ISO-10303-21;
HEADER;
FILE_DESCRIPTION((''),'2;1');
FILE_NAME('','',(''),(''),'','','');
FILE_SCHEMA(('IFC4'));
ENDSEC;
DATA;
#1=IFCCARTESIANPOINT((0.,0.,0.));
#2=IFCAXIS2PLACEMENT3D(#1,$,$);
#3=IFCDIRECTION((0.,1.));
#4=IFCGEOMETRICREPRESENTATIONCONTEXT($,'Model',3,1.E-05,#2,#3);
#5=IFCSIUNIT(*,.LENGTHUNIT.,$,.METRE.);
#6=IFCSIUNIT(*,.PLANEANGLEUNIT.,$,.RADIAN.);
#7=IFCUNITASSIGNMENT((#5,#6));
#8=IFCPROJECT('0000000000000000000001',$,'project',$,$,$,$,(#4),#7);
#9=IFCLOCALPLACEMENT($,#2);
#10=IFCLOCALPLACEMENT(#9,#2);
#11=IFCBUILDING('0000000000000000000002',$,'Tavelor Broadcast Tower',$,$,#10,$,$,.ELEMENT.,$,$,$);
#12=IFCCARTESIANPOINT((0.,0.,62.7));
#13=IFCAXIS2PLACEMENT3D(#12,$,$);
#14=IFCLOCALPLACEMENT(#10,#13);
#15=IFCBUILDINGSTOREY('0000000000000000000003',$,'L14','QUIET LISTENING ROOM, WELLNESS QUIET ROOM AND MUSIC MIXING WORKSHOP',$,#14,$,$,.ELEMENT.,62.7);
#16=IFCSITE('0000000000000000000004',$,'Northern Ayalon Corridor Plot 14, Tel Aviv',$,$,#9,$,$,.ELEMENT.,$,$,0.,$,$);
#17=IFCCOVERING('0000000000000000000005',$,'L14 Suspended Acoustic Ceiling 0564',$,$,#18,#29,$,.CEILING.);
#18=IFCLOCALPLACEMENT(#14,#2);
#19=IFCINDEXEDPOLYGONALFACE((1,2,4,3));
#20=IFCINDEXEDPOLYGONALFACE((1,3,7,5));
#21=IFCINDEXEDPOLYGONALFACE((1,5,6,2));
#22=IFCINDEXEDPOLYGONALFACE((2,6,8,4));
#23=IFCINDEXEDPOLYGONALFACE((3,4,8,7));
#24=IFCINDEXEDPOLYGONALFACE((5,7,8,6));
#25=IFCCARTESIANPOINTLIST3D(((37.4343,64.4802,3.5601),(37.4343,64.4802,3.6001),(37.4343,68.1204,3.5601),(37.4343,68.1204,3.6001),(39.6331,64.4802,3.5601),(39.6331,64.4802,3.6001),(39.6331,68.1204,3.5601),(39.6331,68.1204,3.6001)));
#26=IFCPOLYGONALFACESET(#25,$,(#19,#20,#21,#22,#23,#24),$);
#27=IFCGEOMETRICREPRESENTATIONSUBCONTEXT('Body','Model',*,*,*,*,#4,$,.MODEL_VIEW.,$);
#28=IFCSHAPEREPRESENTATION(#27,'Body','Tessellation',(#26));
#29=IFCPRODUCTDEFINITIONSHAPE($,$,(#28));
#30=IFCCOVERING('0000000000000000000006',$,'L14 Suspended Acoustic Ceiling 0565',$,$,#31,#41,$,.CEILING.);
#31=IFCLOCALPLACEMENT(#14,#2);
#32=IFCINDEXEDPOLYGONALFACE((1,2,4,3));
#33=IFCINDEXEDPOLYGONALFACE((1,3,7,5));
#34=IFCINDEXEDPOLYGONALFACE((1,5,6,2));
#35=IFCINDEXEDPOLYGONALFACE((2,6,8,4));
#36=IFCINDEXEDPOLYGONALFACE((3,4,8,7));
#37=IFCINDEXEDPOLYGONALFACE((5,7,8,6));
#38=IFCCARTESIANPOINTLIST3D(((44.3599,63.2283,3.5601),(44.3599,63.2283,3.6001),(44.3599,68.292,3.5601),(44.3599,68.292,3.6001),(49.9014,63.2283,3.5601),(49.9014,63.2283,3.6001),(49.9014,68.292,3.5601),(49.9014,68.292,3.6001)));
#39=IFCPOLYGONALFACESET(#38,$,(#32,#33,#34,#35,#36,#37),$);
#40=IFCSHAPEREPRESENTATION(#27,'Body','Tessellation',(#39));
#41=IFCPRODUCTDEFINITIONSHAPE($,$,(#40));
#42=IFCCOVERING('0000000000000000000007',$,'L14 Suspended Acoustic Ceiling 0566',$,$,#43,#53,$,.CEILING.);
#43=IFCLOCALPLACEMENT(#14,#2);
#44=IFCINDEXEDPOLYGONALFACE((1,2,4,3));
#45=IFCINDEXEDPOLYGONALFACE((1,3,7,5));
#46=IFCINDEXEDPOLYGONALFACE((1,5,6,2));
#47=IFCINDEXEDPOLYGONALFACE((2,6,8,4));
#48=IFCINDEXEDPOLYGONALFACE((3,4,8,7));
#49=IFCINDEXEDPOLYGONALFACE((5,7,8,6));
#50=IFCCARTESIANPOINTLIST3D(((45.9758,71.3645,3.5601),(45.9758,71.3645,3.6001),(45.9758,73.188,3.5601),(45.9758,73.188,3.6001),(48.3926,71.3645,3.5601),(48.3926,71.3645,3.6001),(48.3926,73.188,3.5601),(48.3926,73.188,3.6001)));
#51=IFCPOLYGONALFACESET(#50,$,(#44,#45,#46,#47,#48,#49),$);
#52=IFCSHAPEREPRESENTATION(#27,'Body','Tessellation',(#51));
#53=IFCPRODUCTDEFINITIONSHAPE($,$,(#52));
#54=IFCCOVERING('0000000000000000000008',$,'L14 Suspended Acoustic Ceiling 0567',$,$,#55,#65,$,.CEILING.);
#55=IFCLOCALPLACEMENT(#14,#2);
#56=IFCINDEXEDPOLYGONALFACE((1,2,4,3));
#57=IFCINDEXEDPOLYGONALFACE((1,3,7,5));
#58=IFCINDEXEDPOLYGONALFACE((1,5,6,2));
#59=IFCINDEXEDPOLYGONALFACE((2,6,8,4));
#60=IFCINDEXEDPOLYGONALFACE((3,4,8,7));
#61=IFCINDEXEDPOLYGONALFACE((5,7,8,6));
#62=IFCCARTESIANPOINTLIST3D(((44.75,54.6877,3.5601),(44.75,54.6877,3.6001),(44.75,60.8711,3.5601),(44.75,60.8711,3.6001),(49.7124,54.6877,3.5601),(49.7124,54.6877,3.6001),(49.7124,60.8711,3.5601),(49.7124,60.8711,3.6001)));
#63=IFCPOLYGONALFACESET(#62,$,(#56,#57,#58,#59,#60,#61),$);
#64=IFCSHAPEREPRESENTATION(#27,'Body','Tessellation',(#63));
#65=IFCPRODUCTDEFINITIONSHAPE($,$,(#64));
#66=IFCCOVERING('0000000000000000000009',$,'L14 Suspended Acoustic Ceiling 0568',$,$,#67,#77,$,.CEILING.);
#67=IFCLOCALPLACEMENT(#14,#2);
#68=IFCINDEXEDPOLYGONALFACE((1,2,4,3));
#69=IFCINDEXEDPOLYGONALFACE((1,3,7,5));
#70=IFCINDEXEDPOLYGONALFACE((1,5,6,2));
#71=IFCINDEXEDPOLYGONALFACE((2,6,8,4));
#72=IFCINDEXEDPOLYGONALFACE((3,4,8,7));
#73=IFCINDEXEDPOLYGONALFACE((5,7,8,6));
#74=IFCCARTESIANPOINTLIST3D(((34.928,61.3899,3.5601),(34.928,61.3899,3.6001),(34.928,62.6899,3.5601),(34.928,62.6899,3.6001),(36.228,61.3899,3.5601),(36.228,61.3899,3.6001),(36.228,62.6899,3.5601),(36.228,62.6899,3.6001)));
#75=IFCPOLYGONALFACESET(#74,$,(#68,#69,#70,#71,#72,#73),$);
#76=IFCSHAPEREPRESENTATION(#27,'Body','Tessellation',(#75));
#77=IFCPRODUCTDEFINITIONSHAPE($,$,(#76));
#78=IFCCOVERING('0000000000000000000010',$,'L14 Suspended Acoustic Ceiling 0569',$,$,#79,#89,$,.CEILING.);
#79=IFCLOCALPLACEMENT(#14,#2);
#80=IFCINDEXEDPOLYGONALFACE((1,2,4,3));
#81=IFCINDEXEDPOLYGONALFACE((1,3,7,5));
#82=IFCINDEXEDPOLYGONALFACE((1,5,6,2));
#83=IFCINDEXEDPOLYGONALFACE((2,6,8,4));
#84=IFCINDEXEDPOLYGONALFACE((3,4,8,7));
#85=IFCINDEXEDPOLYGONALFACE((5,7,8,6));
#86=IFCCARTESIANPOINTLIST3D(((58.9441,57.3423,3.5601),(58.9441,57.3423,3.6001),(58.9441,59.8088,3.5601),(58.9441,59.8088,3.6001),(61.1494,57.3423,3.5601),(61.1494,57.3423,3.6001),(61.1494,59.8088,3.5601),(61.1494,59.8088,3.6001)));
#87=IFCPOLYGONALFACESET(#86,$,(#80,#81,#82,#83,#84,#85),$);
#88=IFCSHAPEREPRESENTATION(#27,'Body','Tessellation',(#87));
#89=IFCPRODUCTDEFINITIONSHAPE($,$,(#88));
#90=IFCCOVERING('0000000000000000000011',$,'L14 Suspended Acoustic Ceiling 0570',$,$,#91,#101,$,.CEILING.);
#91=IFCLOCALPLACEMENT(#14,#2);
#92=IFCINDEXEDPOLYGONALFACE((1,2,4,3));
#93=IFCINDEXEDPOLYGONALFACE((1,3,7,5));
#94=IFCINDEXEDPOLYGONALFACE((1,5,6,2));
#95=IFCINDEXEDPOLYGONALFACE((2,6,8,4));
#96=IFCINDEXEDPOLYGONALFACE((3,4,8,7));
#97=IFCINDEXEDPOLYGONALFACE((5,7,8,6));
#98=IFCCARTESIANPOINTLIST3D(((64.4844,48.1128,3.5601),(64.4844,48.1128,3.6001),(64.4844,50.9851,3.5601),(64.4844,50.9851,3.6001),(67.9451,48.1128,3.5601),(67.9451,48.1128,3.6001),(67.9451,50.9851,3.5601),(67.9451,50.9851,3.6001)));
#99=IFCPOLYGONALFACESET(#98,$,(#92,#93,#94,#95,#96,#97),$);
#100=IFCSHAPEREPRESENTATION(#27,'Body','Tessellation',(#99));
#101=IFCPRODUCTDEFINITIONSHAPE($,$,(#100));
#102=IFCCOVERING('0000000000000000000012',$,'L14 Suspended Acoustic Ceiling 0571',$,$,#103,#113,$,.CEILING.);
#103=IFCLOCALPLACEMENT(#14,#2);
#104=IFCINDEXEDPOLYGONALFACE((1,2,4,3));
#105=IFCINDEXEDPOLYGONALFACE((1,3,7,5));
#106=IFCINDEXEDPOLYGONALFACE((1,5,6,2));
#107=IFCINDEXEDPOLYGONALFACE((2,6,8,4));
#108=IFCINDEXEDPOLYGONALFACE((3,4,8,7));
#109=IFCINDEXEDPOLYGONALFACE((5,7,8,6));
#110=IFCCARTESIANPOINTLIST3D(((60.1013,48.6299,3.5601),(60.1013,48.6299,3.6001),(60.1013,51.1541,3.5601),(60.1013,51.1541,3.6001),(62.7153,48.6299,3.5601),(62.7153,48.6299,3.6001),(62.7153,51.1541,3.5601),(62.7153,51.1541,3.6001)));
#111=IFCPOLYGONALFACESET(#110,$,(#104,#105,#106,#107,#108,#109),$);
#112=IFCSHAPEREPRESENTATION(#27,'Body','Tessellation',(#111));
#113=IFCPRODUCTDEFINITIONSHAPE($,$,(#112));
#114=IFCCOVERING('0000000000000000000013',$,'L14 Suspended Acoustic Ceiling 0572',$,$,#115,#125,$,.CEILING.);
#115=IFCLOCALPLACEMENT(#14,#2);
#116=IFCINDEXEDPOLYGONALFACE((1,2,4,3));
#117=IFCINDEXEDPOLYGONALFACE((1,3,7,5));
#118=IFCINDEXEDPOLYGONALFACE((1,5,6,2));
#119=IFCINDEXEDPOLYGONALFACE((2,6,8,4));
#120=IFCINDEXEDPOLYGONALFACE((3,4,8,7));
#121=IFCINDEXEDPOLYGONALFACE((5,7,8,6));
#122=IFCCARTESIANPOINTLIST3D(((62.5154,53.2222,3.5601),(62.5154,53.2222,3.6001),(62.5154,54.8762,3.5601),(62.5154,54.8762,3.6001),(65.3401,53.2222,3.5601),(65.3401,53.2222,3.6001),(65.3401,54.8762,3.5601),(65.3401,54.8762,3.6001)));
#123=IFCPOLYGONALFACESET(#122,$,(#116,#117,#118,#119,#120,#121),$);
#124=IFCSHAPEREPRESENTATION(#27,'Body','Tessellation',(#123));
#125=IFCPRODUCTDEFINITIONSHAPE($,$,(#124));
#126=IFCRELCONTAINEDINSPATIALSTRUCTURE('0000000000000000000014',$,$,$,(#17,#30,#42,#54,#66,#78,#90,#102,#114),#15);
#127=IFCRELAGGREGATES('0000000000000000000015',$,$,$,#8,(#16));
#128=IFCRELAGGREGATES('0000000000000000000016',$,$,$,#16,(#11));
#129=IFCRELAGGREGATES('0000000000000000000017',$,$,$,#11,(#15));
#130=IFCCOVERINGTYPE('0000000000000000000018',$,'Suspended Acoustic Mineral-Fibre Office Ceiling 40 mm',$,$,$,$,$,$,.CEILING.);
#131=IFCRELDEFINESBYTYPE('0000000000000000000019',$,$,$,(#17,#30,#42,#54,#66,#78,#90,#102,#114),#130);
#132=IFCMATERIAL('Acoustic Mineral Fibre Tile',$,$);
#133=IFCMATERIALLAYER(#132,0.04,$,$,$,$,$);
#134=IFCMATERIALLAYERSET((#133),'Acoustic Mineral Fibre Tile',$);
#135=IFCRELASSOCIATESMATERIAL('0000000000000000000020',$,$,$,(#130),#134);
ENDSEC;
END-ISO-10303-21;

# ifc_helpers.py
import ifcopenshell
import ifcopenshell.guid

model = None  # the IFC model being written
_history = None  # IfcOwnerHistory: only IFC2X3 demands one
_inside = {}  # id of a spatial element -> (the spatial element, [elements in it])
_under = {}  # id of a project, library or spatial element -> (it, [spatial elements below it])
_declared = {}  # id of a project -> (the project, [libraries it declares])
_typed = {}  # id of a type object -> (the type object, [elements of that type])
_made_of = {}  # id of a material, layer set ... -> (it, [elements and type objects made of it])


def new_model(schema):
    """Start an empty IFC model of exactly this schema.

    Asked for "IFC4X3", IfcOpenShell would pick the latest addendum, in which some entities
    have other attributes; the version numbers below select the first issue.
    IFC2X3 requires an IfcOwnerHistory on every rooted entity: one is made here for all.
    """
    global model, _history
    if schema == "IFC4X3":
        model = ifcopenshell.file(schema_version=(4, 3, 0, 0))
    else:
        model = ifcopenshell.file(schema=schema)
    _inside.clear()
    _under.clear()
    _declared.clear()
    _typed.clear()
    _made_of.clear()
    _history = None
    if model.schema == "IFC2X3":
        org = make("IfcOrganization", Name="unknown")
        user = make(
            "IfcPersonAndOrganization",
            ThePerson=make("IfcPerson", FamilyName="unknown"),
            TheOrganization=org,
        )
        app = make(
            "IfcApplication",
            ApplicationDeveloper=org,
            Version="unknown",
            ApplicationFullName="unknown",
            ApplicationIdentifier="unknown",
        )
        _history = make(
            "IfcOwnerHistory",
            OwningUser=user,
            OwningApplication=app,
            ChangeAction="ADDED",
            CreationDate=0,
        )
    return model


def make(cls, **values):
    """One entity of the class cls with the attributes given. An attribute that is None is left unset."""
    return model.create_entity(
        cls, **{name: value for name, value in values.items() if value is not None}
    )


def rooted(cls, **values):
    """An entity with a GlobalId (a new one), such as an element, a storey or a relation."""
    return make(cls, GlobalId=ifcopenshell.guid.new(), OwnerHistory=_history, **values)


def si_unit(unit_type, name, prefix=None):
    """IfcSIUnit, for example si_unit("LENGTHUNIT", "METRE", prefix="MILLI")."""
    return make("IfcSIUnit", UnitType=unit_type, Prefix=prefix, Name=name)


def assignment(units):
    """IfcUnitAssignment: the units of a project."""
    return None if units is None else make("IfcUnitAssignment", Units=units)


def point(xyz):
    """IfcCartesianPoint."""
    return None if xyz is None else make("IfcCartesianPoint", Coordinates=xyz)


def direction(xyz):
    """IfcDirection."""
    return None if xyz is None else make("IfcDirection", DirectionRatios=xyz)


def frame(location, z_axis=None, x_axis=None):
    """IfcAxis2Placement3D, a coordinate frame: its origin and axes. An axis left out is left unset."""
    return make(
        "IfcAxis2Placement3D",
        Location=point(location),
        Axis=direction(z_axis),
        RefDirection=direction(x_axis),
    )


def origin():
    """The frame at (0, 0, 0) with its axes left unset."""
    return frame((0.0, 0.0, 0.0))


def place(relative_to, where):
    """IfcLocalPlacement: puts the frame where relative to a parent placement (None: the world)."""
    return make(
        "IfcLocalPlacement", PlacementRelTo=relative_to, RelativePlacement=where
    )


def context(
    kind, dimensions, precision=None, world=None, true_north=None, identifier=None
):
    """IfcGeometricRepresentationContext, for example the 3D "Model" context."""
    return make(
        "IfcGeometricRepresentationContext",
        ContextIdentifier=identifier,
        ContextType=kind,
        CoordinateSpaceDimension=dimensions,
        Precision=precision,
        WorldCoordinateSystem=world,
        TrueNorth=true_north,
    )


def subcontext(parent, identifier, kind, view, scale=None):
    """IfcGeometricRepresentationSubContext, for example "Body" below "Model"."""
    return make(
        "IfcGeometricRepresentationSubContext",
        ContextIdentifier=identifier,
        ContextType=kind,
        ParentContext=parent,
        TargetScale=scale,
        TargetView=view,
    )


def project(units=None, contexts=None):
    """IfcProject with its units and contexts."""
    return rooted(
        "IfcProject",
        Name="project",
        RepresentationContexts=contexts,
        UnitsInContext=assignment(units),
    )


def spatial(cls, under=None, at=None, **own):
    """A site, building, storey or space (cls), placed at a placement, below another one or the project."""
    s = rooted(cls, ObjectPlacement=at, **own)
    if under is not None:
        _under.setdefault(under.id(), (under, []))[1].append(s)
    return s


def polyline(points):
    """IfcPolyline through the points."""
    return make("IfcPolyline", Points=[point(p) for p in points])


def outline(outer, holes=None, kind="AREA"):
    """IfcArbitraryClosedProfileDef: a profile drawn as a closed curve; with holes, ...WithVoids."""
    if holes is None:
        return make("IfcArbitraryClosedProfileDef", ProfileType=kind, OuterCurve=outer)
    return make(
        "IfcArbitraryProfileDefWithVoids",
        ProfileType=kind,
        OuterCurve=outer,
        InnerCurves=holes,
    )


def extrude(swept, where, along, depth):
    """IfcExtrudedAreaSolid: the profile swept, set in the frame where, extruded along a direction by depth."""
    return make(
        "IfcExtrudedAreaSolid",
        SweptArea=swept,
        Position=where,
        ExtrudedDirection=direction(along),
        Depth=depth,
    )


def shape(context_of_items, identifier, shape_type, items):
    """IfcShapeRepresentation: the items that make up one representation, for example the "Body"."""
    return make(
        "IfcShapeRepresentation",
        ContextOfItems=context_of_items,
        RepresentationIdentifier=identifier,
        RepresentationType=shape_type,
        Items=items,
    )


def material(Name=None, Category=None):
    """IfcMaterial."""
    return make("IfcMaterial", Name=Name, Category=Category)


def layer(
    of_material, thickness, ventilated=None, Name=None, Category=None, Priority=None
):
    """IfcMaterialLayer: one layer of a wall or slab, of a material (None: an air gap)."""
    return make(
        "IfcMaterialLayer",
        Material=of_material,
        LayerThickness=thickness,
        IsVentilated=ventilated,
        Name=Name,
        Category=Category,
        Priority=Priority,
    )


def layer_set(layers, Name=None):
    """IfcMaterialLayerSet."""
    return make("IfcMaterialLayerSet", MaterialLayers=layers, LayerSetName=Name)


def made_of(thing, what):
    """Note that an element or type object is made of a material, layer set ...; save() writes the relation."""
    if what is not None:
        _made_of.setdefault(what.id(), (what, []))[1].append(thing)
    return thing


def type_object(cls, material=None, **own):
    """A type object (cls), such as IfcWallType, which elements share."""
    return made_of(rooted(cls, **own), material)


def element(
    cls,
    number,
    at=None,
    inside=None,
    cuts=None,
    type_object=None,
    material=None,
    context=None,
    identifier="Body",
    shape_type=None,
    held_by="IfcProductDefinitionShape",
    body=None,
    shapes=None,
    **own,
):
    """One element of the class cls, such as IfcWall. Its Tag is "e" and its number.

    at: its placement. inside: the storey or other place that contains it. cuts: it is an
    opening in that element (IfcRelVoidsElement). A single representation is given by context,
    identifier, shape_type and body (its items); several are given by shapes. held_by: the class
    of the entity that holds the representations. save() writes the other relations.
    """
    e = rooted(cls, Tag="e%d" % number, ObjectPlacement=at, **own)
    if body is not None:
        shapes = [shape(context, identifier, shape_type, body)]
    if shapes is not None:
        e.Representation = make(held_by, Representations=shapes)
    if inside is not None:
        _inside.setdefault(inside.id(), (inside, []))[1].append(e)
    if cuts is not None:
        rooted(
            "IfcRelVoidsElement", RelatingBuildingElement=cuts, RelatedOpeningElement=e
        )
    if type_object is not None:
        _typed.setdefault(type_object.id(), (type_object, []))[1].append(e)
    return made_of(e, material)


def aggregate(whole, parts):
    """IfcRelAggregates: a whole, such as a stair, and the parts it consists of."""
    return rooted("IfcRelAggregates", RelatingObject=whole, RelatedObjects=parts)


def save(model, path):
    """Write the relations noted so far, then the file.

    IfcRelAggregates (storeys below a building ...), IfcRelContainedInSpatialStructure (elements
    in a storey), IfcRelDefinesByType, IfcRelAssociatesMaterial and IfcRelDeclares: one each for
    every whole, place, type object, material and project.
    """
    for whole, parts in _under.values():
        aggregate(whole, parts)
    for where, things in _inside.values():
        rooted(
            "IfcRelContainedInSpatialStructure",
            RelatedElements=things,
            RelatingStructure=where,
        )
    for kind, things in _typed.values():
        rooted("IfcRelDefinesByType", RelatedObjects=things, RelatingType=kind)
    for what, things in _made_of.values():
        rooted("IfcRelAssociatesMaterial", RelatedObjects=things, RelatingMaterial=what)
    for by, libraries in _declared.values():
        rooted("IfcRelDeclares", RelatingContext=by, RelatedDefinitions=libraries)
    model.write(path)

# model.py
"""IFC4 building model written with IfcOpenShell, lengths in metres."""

from ifc_helpers import new_model, si_unit, direction, frame, origin, place, context, subcontext, project, spatial, polyline, outline, extrude, material, layer, layer_set, type_object, element, save


model = new_model("IFC4")

# Units and contexts
model_context = context("Model", 3, precision=1e-05, world=origin(), true_north=direction((0.0, 1.0)))
body_context = subcontext(model_context, "Body", "Model", "MODEL_VIEW")
ifc_project = project(units=[si_unit("LENGTHUNIT", "METRE"), si_unit("PLANEANGLEUNIT", "RADIAN")], contexts=[model_context])

# Site, building, storey
site_placement = place(None, origin())
site = spatial("IfcSite", under=ifc_project, at=site_placement, Name="Northern Ayalon Corridor Plot 14, Tel Aviv", CompositionType="ELEMENT", RefElevation=0.0)
building_placement = place(site_placement, origin())
building = spatial("IfcBuilding", under=site, at=building_placement, Name="Tavelor Broadcast Tower", CompositionType="ELEMENT")
storey_placement = place(building_placement, frame((0.0, 0.0, 62.7)))
storey = spatial("IfcBuildingStorey", under=building, at=storey_placement, Name="L14", Description="QUIET LISTENING ROOM, WELLNESS QUIET ROOM AND MUSIC MIXING WORKSHOP", CompositionType="ELEMENT", Elevation=62.7)

# Coverings
ifc_material_1 = material(Name="Acoustic Mineral Fibre Tile")
ifc_layer_1 = layer(ifc_material_1, 0.04)
ifc_layer_set_1 = layer_set([ifc_layer_1], Name="Acoustic Mineral Fibre Tile")
covering_type_1 = type_object("IfcCoveringType", Name="Suspended Acoustic Mineral-Fibre Office Ceiling 40 mm", PredefinedType="CEILING", material=ifc_layer_set_1)
covering_1_placement = place(storey_placement, frame((0.0, 0.0, 3.5601)))
element("IfcCovering", 1, at=covering_1_placement, inside=storey, type_object=covering_type_1, Name="L14 Suspended Acoustic Ceiling 0564", PredefinedType="CEILING", context=body_context, shape_type="SweptSolid", body=[
    extrude(outline(polyline([(37.4343, 64.4802), (39.6331, 64.4802), (39.6331, 68.1204), (37.4343, 68.1204), (37.4343, 64.4802)])), origin(), (0.0, 0.0, 1.0), 0.04),
])
covering_2_placement = place(storey_placement, frame((0.0, 0.0, 3.5601)))
element("IfcCovering", 2, at=covering_2_placement, inside=storey, type_object=covering_type_1, Name="L14 Suspended Acoustic Ceiling 0565", PredefinedType="CEILING", context=body_context, shape_type="SweptSolid", body=[
    extrude(outline(polyline([(44.3599, 63.2283), (49.9014, 63.2283), (49.9014, 68.292), (44.3599, 68.292), (44.3599, 63.2283)])), origin(), (0.0, 0.0, 1.0), 0.04),
])
covering_3_placement = place(storey_placement, frame((0.0, 0.0, 3.5601)))
element("IfcCovering", 3, at=covering_3_placement, inside=storey, type_object=covering_type_1, Name="L14 Suspended Acoustic Ceiling 0566", PredefinedType="CEILING", context=body_context, shape_type="SweptSolid", body=[
    extrude(outline(polyline([(45.9758, 71.3645), (48.3926, 71.3645), (48.3926, 73.188), (45.9758, 73.188), (45.9758, 71.3645)])), origin(), (0.0, 0.0, 1.0), 0.04),
])
covering_4_placement = place(storey_placement, frame((0.0, 0.0, 3.5601)))
element("IfcCovering", 4, at=covering_4_placement, inside=storey, type_object=covering_type_1, Name="L14 Suspended Acoustic Ceiling 0567", PredefinedType="CEILING", context=body_context, shape_type="SweptSolid", body=[
    extrude(outline(polyline([(44.75, 54.6877), (49.7124, 54.6877), (49.7124, 60.8711), (44.75, 60.8711), (44.75, 54.6877)])), origin(), (0.0, 0.0, 1.0), 0.04),
])
covering_5_placement = place(storey_placement, frame((0.0, 0.0, 3.5601)))
element("IfcCovering", 5, at=covering_5_placement, inside=storey, type_object=covering_type_1, Name="L14 Suspended Acoustic Ceiling 0568", PredefinedType="CEILING", context=body_context, shape_type="SweptSolid", body=[
    extrude(outline(polyline([(34.928, 61.3899), (36.228, 61.3899), (36.228, 62.6899), (34.928, 62.6899), (34.928, 61.3899)])), origin(), (0.0, 0.0, 1.0), 0.04),
])
covering_6_placement = place(storey_placement, frame((0.0, 0.0, 3.5601)))
element("IfcCovering", 6, at=covering_6_placement, inside=storey, type_object=covering_type_1, Name="L14 Suspended Acoustic Ceiling 0569", PredefinedType="CEILING", context=body_context, shape_type="SweptSolid", body=[
    extrude(outline(polyline([(58.9441, 57.3423), (61.1494, 57.3423), (61.1494, 59.8088), (58.9441, 59.8088), (58.9441, 57.3423)])), origin(), (0.0, 0.0, 1.0), 0.04),
])
covering_7_placement = place(storey_placement, frame((0.0, 0.0, 3.5601)))
element("IfcCovering", 7, at=covering_7_placement, inside=storey, type_object=covering_type_1, Name="L14 Suspended Acoustic Ceiling 0570", PredefinedType="CEILING", context=body_context, shape_type="SweptSolid", body=[
    extrude(outline(polyline([(64.4844, 48.1128), (67.9451, 48.1128), (67.9451, 50.9851), (64.4844, 50.9851), (64.4844, 48.1128)])), origin(), (0.0, 0.0, 1.0), 0.04),
])
covering_8_placement = place(storey_placement, frame((0.0, 0.0, 3.5601)))
element("IfcCovering", 8, at=covering_8_placement, inside=storey, type_object=covering_type_1, Name="L14 Suspended Acoustic Ceiling 0571", PredefinedType="CEILING", context=body_context, shape_type="SweptSolid", body=[
    extrude(outline(polyline([(60.1013, 48.6299), (62.7153, 48.6299), (62.7153, 51.1541), (60.1013, 51.1541), (60.1013, 48.6299)])), origin(), (0.0, 0.0, 1.0), 0.04),
])
covering_9_placement = place(storey_placement, frame((0.0, 0.0, 3.5601)))
element("IfcCovering", 9, at=covering_9_placement, inside=storey, type_object=covering_type_1, Name="L14 Suspended Acoustic Ceiling 0572", PredefinedType="CEILING", context=body_context, shape_type="SweptSolid", body=[
    extrude(outline(polyline([(62.5154, 53.2222), (65.3401, 53.2222), (65.3401, 54.8762), (62.5154, 54.8762), (62.5154, 53.2222)])), origin(), (0.0, 0.0, 1.0), 0.04),
])

save(model, "model.ifc")
